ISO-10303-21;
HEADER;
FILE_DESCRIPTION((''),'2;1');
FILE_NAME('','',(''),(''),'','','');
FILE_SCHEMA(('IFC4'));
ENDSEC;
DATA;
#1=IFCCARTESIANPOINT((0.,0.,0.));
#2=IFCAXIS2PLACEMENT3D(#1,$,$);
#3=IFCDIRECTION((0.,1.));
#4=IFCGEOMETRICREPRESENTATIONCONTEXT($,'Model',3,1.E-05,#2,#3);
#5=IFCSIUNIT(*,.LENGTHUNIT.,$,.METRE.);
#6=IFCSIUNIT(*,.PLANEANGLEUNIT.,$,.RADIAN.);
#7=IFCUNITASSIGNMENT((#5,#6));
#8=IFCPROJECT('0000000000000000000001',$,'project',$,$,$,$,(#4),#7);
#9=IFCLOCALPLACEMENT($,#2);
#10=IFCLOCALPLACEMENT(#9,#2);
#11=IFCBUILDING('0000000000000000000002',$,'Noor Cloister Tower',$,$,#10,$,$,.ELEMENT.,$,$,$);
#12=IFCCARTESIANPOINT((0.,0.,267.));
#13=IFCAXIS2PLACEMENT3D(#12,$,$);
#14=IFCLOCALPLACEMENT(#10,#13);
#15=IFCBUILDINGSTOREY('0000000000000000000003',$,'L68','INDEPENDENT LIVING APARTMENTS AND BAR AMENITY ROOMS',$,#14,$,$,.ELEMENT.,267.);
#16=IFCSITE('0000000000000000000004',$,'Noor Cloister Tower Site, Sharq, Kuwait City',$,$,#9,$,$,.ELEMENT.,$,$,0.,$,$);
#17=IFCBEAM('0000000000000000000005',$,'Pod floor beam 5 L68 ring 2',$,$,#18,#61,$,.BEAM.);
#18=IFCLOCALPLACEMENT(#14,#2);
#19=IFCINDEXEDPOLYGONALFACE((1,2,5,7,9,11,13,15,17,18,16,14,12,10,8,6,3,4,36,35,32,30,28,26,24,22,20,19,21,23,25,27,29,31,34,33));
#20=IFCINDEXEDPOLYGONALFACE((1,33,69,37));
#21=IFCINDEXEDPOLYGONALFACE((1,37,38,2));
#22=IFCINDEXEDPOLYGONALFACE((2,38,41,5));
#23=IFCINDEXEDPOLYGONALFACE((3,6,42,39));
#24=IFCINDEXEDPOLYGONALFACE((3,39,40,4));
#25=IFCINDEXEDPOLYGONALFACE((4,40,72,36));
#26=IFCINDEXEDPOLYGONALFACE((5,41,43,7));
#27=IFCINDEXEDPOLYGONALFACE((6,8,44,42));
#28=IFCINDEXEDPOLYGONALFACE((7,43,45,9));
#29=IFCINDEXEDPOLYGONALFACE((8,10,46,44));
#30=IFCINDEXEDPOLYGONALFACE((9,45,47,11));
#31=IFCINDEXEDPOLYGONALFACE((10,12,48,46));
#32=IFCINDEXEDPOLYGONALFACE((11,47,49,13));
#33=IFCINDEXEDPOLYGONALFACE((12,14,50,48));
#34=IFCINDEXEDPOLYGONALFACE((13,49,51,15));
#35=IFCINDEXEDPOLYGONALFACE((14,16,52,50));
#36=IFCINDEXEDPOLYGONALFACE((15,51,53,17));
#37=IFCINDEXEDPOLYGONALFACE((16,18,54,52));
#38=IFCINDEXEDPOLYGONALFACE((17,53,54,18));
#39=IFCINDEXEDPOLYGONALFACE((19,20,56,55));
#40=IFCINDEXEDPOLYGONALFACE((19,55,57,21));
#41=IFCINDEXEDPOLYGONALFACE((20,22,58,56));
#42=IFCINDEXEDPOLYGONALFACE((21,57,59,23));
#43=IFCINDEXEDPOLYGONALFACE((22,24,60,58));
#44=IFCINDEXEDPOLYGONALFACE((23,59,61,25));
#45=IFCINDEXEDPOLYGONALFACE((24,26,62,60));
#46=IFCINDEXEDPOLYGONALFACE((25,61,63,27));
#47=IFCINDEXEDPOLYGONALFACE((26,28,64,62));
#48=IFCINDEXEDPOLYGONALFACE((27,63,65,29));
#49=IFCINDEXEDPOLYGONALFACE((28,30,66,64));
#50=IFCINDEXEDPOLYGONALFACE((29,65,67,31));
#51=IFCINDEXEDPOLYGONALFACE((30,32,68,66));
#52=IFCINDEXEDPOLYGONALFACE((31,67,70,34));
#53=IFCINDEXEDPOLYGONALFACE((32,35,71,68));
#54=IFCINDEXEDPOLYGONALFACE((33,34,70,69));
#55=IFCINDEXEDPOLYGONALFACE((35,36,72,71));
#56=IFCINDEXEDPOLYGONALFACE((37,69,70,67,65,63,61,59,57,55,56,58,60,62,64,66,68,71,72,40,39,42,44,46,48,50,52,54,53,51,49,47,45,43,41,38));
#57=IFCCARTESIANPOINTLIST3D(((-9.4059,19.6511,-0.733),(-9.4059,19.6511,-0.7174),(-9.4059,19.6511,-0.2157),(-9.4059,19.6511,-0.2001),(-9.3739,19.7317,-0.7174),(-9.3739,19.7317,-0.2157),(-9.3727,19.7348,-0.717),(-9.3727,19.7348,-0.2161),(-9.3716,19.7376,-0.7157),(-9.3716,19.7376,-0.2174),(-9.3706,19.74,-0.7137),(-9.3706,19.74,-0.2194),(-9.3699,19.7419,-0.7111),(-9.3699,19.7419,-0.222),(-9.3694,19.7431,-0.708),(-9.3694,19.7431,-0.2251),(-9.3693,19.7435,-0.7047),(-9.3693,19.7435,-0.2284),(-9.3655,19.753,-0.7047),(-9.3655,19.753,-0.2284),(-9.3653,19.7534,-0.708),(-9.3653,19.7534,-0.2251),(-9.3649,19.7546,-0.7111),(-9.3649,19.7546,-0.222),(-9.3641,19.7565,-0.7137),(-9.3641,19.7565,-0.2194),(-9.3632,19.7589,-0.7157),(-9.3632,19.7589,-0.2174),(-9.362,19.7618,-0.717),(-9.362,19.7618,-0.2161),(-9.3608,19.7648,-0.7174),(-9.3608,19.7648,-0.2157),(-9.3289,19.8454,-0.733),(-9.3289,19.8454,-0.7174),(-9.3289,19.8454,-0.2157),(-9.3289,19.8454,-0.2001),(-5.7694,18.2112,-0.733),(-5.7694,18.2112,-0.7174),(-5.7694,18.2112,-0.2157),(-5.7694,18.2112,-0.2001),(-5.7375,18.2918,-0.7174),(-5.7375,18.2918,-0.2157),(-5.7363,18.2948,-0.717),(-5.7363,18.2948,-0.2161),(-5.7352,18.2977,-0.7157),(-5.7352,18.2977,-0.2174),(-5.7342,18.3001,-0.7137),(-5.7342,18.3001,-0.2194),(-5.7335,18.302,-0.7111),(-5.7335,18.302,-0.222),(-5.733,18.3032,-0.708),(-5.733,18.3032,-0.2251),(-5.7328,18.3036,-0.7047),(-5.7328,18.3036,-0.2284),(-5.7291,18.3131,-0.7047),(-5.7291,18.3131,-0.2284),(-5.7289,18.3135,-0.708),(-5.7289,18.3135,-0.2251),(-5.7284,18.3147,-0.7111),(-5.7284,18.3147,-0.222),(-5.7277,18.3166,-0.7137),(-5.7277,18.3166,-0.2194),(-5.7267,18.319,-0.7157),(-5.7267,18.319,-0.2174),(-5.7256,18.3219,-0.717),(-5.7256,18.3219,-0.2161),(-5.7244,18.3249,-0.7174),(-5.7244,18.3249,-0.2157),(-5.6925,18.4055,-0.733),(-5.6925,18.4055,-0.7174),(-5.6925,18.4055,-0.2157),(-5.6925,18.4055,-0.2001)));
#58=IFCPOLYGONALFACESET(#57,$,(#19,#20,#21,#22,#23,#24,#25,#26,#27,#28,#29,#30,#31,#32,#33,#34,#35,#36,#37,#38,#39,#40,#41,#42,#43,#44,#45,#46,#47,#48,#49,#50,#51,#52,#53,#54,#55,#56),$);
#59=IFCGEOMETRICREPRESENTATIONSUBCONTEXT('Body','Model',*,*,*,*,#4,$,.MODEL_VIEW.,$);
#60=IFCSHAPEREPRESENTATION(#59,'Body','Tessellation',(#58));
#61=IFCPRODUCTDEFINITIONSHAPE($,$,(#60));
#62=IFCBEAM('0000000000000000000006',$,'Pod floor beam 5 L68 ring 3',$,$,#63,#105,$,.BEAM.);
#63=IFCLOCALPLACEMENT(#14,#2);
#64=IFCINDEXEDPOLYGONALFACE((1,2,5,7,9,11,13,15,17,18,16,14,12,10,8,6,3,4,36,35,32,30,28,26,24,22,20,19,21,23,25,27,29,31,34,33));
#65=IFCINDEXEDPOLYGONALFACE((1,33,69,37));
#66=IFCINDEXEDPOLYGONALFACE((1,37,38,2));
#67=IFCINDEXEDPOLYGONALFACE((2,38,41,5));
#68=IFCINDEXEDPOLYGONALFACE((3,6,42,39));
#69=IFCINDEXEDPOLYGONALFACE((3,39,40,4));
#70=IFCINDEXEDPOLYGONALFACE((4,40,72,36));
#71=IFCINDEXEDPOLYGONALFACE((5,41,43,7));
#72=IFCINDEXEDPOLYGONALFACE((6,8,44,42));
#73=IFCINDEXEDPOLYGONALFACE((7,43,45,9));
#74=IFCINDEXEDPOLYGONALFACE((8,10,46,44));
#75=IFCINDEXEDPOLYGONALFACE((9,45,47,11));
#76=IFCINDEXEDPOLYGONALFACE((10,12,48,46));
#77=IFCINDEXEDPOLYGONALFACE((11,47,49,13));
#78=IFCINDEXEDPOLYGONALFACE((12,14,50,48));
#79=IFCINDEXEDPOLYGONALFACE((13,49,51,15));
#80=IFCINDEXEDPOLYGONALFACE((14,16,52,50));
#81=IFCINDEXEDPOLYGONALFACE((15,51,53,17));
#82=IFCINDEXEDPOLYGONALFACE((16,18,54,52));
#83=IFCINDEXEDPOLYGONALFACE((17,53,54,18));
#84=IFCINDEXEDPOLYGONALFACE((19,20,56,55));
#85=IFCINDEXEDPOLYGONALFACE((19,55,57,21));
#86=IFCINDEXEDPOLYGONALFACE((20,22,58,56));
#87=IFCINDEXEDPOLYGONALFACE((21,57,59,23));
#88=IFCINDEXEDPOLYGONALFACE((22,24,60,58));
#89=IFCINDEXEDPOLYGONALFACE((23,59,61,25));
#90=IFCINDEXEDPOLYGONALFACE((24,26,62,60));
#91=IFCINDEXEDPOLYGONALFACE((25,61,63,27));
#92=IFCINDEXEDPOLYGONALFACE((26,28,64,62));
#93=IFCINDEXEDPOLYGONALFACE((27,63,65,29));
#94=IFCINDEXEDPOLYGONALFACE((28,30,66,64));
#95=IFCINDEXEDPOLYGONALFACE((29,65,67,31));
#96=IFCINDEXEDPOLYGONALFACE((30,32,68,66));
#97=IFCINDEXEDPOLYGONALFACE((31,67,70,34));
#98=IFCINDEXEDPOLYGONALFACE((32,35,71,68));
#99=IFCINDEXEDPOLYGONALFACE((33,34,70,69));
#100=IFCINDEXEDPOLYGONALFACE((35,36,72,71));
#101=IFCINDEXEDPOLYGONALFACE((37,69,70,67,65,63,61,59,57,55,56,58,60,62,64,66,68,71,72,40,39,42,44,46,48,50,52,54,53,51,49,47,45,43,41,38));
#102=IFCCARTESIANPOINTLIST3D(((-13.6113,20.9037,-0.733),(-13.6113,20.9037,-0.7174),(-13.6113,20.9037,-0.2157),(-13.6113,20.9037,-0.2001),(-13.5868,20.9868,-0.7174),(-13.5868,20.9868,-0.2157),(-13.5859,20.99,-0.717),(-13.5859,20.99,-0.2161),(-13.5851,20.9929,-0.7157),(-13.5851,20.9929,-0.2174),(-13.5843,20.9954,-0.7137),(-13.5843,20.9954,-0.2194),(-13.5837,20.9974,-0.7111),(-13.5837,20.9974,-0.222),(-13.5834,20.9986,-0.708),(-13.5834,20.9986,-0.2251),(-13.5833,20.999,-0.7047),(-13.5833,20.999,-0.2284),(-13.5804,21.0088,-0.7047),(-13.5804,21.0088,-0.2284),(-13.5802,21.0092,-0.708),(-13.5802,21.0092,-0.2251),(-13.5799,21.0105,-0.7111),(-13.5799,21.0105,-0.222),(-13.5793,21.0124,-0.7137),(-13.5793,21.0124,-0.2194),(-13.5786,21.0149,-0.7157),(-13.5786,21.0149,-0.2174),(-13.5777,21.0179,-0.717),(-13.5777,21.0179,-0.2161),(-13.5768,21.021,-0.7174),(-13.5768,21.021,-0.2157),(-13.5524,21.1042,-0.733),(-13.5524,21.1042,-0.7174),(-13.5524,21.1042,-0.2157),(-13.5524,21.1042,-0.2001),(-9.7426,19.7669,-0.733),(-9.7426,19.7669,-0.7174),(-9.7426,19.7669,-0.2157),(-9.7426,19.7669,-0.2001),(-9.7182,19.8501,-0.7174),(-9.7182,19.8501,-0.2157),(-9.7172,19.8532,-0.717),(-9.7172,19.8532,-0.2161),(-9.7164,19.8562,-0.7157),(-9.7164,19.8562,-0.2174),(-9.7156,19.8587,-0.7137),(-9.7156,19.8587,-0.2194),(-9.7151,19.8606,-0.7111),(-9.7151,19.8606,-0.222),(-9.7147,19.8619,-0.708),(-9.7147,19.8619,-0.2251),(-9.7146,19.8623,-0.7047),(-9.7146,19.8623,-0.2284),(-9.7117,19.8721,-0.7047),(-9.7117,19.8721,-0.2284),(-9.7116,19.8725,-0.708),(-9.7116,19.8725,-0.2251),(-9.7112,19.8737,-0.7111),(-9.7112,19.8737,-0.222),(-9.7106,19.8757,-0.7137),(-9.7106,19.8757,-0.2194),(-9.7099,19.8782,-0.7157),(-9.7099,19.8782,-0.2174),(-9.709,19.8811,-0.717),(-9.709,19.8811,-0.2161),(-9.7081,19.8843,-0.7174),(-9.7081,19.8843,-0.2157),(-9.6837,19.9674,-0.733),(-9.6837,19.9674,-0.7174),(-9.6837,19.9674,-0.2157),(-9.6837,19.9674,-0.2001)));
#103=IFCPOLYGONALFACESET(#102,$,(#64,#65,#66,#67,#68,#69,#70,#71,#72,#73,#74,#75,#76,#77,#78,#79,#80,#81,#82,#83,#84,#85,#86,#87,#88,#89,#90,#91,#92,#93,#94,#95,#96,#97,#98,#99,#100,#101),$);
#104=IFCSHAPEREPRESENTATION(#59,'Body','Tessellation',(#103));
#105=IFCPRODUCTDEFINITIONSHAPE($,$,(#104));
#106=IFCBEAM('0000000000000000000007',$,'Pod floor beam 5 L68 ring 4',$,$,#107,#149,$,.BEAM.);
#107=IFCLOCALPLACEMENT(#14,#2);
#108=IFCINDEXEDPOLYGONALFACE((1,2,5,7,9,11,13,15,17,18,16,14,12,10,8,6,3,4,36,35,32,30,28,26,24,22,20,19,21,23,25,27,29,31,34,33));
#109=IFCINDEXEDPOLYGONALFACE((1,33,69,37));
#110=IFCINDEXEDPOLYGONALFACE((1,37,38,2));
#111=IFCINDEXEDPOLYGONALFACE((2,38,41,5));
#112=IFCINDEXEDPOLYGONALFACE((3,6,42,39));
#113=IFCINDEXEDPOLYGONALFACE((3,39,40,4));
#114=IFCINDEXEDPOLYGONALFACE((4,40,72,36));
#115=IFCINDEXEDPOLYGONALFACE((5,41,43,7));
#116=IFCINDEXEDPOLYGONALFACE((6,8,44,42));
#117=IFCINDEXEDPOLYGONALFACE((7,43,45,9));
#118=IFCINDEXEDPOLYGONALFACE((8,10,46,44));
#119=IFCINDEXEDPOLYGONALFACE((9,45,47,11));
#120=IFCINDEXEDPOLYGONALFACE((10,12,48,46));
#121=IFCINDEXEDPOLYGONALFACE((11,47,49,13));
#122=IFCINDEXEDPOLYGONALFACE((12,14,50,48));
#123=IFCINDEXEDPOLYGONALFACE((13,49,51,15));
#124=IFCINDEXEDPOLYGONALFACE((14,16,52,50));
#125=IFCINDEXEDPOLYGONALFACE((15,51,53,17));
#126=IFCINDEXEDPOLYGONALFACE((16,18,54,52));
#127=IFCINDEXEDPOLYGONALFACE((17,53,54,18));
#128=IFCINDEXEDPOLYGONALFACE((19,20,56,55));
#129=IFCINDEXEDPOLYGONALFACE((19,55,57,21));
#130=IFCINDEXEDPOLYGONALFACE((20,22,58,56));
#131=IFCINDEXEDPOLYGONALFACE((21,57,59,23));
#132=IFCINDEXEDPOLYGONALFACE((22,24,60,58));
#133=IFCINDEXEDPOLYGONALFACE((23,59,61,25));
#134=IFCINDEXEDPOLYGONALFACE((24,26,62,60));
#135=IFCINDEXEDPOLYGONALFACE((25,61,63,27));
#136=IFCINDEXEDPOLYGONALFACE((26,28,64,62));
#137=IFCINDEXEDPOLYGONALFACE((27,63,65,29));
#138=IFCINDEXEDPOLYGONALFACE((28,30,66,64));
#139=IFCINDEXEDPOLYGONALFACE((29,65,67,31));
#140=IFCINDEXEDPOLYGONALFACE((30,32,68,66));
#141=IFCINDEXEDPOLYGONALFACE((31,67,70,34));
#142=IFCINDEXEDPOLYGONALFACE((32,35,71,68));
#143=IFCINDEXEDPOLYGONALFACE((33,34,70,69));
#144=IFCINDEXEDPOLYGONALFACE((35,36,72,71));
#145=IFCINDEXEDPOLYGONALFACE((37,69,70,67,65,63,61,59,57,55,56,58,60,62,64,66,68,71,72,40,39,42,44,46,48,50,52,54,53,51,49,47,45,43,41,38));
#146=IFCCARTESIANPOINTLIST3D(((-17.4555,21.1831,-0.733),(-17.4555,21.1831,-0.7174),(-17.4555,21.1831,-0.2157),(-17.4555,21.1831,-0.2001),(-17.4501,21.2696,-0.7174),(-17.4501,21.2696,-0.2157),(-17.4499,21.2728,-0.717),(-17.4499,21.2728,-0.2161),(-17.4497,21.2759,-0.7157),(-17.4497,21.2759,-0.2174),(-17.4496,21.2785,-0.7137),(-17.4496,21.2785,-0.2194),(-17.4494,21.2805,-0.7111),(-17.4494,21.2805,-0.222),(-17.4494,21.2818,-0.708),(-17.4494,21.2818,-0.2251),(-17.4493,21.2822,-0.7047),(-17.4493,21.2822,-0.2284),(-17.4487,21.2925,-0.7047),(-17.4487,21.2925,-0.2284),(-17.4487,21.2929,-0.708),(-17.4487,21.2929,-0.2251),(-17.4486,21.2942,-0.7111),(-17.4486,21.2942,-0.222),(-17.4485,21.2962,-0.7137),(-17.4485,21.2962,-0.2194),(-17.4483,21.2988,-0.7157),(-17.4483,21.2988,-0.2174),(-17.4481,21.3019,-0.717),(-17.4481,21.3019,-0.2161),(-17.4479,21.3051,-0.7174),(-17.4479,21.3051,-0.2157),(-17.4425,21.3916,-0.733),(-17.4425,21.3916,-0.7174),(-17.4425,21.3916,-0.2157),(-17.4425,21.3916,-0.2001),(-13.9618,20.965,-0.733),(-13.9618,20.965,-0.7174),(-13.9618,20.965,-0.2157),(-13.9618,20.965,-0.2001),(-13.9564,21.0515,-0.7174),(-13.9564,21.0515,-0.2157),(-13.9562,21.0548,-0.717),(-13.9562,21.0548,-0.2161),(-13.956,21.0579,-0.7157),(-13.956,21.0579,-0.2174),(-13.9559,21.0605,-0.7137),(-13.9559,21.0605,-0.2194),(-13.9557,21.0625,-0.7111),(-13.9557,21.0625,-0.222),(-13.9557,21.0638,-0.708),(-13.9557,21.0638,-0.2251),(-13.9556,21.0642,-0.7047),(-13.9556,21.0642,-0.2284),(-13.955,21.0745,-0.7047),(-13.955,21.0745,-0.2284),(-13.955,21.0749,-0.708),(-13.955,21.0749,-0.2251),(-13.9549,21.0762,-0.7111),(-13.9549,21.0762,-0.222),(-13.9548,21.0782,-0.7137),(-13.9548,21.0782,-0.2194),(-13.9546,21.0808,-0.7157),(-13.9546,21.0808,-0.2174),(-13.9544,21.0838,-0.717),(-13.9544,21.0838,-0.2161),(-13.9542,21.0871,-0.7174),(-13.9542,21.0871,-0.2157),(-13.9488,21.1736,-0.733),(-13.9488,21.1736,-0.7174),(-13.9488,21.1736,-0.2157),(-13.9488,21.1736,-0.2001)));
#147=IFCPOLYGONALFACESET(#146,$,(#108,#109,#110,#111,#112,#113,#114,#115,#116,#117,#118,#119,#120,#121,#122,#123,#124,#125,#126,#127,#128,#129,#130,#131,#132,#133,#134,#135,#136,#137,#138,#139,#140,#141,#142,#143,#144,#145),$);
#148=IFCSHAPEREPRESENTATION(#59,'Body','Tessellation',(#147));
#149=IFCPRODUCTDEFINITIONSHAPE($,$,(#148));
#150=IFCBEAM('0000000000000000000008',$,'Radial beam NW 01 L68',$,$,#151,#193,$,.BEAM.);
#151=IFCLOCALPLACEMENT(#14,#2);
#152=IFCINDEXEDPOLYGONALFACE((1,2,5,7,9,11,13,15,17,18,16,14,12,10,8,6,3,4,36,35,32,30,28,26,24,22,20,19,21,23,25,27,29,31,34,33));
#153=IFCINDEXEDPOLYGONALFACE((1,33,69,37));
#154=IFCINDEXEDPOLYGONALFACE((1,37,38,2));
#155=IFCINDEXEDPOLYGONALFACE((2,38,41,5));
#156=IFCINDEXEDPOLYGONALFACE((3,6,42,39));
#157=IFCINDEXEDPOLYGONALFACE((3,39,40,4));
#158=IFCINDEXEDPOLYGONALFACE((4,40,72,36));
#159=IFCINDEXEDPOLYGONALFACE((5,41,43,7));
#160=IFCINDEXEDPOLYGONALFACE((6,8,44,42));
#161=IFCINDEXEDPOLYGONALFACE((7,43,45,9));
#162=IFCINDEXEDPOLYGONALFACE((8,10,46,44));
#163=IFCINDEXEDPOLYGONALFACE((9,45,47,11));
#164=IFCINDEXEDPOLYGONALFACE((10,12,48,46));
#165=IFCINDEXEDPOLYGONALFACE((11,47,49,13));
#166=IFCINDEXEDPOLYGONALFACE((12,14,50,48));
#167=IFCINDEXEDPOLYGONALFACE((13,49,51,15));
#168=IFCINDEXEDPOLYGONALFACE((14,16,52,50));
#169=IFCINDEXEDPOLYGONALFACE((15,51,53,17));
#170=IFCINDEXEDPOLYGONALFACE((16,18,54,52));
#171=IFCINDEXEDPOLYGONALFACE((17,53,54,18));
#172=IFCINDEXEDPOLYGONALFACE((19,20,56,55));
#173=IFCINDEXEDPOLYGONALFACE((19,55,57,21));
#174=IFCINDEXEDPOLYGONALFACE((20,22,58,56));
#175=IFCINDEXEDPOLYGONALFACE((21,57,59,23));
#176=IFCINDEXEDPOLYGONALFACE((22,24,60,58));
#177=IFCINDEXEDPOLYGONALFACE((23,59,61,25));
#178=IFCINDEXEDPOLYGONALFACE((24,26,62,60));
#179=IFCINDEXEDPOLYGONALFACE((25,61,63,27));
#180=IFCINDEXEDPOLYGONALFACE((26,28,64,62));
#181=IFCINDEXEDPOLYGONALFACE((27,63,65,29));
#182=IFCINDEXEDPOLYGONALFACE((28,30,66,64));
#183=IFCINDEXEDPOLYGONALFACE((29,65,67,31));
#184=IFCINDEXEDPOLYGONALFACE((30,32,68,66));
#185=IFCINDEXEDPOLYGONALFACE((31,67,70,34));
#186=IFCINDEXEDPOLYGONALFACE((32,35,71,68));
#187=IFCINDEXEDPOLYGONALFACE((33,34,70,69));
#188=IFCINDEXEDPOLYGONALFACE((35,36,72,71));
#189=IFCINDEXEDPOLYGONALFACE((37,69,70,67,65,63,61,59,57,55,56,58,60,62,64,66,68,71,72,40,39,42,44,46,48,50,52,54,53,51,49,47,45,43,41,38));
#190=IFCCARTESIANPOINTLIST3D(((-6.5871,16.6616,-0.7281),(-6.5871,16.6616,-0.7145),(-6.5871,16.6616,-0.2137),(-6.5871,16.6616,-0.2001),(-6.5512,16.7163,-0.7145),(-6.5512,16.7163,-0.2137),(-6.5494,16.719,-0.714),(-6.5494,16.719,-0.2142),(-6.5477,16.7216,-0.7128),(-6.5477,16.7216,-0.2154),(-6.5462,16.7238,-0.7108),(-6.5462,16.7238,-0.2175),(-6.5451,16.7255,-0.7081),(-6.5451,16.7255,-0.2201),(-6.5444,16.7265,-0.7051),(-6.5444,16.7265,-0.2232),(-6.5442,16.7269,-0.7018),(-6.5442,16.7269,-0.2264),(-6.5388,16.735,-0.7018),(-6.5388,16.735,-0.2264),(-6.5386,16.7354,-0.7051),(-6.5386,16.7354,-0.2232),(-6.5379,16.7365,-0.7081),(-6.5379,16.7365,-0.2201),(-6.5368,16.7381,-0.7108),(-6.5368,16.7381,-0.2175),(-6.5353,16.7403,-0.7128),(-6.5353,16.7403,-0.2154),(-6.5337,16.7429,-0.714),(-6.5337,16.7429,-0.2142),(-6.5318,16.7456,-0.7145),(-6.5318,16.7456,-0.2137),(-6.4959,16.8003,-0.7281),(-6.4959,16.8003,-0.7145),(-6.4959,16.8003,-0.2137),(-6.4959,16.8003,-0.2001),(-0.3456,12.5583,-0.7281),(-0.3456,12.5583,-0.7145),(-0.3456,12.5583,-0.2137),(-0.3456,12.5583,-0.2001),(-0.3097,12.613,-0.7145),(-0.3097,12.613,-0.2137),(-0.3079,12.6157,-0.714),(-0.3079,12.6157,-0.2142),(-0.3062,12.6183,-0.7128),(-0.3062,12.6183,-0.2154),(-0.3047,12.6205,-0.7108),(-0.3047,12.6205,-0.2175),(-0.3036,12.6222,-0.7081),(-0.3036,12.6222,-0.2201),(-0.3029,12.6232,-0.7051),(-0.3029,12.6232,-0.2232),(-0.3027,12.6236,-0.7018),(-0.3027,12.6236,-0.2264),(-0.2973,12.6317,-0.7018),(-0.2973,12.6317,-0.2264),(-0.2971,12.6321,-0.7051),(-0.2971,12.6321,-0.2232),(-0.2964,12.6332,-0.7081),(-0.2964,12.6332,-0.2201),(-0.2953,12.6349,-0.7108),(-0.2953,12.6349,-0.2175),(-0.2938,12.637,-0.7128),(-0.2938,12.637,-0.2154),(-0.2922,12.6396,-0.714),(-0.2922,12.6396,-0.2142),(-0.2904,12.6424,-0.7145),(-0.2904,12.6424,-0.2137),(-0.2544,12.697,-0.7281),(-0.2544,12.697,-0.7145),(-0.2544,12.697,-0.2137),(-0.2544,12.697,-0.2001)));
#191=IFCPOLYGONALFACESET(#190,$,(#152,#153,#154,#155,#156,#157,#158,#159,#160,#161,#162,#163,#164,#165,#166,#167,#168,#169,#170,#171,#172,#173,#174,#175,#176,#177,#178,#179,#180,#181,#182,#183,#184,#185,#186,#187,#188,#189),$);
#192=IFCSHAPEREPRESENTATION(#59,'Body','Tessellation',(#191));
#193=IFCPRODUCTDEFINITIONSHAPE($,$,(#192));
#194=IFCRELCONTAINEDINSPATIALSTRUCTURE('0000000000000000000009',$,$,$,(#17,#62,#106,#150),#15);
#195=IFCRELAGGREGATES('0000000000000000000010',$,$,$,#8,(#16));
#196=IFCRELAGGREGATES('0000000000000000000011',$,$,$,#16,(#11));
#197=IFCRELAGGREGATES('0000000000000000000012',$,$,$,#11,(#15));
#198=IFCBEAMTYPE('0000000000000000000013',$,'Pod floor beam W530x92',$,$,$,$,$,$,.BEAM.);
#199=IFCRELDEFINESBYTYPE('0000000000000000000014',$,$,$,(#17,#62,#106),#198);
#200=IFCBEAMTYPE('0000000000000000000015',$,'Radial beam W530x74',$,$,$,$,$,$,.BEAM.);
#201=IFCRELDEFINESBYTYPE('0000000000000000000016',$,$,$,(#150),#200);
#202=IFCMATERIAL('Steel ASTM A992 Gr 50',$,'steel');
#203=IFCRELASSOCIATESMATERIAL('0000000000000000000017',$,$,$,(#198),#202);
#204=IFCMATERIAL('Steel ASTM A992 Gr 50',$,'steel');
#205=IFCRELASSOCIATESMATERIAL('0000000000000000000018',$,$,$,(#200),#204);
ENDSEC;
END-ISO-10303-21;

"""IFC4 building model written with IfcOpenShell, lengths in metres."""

from ifc_helpers import new_model, si_unit, direction, frame, origin, origin_2d, place, context, subcontext, project, spatial, i_section, extrude, material, material_profile, profile_set, type_object, element, save


model = new_model("IFC4")

# Units and contexts
model_context = context("Model", 3, precision=1e-05, world=origin(), true_north=direction((0.0, 1.0)))
body_context = subcontext(model_context, "Body", "Model", "MODEL_VIEW")
ifc_project = project(units=[si_unit("LENGTHUNIT", "METRE"), si_unit("PLANEANGLEUNIT", "RADIAN")], contexts=[model_context])

# Site, building, storey
site_placement = place(None, origin())
site = spatial("IfcSite", under=ifc_project, at=site_placement, Name="Noor Cloister Tower Site, Sharq, Kuwait City", CompositionType="ELEMENT", RefElevation=0.0)
building_placement = place(site_placement, origin())
building = spatial("IfcBuilding", under=site, at=building_placement, Name="Noor Cloister Tower", CompositionType="ELEMENT")
storey_placement = place(building_placement, frame((0.0, 0.0, 267.0)))
storey = spatial("IfcBuildingStorey", under=building, at=storey_placement, Name="L68", Description="INDEPENDENT LIVING APARTMENTS AND BAR AMENITY ROOMS", CompositionType="ELEMENT", Elevation=267.0)

# Beams
ifc_material_1 = material(Name="Steel ASTM A992 Gr 50", Category="steel")
ifc_material_profile_1 = material_profile(ifc_material_1, i_section(OverallWidth=0.209, OverallDepth=0.533, WebThickness=0.0103, FlangeThickness=0.0156, FilletRadius=0.0127, at=origin_2d()), Name="W530x92")
ifc_profile_set_1 = profile_set([ifc_material_profile_1], Name="Steel ASTM A992 Gr 50")
beam_type_1 = type_object("IfcBeamType", Name="Pod floor beam W530x92", PredefinedType="BEAM", material=ifc_profile_set_1)
beam_1_placement = place(storey_placement, frame((-5.731, 18.3083, -0.4666), z_axis=(-0.929763, 0.36816, 0.0), x_axis=(-0.36816, -0.929763, 0.0)))
element("IfcBeam", 1, at=beam_1_placement, inside=storey, type_object=beam_type_1, Name="Pod floor beam 5 L68 ring 2", PredefinedType="BEAM", context=body_context, shape_type="SweptSolid", body=[
    extrude(i_section(OverallWidth=0.209, OverallDepth=0.533, WebThickness=0.0103, FlangeThickness=0.0156, FilletRadius=0.0127, at=origin_2d()), origin(), (0.0, 0.0, 1.0), 3.9111),
])
beam_2_placement = place(storey_placement, frame((-9.7131, 19.8672, -0.4666), z_axis=(-0.959441, 0.281911, 0.0), x_axis=(-0.281911, -0.959441, 0.0)))
element("IfcBeam", 2, at=beam_2_placement, inside=storey, type_object=beam_type_1, Name="Pod floor beam 5 L68 ring 3", PredefinedType="BEAM", context=body_context, shape_type="SweptSolid", body=[
    extrude(i_section(OverallWidth=0.209, OverallDepth=0.533, WebThickness=0.0103, FlangeThickness=0.0156, FilletRadius=0.0127, at=origin_2d()), origin(), (0.0, 0.0, 1.0), 4.0322),
])
beam_3_placement = place(storey_placement, frame((-13.9553, 21.0693, -0.4666), z_axis=(-0.998059, 0.062283, 0.0), x_axis=(-0.062283, -0.998059, 0.0)))
element("IfcBeam", 3, at=beam_3_placement, inside=storey, type_object=beam_type_1, Name="Pod floor beam 5 L68 ring 4", PredefinedType="BEAM", context=body_context, shape_type="SweptSolid", body=[
    extrude(i_section(OverallWidth=0.209, OverallDepth=0.533, WebThickness=0.0103, FlangeThickness=0.0156, FilletRadius=0.0127, at=origin_2d()), origin(), (0.0, 0.0, 1.0), 3.5005),
])
ifc_material_2 = material(Name="Steel ASTM A992 Gr 50", Category="steel")
ifc_material_profile_2 = material_profile(ifc_material_2, i_section(OverallWidth=0.166, OverallDepth=0.5281, WebThickness=0.0098, FlangeThickness=0.0137, FilletRadius=0.0127, at=origin_2d()), Name="W530x74")
ifc_profile_set_2 = profile_set([ifc_material_profile_2], Name="Steel ASTM A992 Gr 50")
beam_type_2 = type_object("IfcBeamType", Name="Radial beam W530x74", PredefinedType="BEAM", material=ifc_profile_set_2)
beam_4_placement = place(storey_placement, frame((-6.5415, 16.731, -0.4641), z_axis=(0.835598, -0.549341, 0.0), x_axis=(0.549341, 0.835598, 0.0)))
element("IfcBeam", 4, at=beam_4_placement, inside=storey, type_object=beam_type_2, Name="Radial beam NW 01 L68", PredefinedType="BEAM", context=body_context, shape_type="SweptSolid", body=[
    extrude(i_section(OverallWidth=0.166, OverallDepth=0.5281, WebThickness=0.0098, FlangeThickness=0.0137, FilletRadius=0.0127, at=origin_2d()), origin(), (0.0, 0.0, 1.0), 7.4695),
])

save(model, "model.ifc")
